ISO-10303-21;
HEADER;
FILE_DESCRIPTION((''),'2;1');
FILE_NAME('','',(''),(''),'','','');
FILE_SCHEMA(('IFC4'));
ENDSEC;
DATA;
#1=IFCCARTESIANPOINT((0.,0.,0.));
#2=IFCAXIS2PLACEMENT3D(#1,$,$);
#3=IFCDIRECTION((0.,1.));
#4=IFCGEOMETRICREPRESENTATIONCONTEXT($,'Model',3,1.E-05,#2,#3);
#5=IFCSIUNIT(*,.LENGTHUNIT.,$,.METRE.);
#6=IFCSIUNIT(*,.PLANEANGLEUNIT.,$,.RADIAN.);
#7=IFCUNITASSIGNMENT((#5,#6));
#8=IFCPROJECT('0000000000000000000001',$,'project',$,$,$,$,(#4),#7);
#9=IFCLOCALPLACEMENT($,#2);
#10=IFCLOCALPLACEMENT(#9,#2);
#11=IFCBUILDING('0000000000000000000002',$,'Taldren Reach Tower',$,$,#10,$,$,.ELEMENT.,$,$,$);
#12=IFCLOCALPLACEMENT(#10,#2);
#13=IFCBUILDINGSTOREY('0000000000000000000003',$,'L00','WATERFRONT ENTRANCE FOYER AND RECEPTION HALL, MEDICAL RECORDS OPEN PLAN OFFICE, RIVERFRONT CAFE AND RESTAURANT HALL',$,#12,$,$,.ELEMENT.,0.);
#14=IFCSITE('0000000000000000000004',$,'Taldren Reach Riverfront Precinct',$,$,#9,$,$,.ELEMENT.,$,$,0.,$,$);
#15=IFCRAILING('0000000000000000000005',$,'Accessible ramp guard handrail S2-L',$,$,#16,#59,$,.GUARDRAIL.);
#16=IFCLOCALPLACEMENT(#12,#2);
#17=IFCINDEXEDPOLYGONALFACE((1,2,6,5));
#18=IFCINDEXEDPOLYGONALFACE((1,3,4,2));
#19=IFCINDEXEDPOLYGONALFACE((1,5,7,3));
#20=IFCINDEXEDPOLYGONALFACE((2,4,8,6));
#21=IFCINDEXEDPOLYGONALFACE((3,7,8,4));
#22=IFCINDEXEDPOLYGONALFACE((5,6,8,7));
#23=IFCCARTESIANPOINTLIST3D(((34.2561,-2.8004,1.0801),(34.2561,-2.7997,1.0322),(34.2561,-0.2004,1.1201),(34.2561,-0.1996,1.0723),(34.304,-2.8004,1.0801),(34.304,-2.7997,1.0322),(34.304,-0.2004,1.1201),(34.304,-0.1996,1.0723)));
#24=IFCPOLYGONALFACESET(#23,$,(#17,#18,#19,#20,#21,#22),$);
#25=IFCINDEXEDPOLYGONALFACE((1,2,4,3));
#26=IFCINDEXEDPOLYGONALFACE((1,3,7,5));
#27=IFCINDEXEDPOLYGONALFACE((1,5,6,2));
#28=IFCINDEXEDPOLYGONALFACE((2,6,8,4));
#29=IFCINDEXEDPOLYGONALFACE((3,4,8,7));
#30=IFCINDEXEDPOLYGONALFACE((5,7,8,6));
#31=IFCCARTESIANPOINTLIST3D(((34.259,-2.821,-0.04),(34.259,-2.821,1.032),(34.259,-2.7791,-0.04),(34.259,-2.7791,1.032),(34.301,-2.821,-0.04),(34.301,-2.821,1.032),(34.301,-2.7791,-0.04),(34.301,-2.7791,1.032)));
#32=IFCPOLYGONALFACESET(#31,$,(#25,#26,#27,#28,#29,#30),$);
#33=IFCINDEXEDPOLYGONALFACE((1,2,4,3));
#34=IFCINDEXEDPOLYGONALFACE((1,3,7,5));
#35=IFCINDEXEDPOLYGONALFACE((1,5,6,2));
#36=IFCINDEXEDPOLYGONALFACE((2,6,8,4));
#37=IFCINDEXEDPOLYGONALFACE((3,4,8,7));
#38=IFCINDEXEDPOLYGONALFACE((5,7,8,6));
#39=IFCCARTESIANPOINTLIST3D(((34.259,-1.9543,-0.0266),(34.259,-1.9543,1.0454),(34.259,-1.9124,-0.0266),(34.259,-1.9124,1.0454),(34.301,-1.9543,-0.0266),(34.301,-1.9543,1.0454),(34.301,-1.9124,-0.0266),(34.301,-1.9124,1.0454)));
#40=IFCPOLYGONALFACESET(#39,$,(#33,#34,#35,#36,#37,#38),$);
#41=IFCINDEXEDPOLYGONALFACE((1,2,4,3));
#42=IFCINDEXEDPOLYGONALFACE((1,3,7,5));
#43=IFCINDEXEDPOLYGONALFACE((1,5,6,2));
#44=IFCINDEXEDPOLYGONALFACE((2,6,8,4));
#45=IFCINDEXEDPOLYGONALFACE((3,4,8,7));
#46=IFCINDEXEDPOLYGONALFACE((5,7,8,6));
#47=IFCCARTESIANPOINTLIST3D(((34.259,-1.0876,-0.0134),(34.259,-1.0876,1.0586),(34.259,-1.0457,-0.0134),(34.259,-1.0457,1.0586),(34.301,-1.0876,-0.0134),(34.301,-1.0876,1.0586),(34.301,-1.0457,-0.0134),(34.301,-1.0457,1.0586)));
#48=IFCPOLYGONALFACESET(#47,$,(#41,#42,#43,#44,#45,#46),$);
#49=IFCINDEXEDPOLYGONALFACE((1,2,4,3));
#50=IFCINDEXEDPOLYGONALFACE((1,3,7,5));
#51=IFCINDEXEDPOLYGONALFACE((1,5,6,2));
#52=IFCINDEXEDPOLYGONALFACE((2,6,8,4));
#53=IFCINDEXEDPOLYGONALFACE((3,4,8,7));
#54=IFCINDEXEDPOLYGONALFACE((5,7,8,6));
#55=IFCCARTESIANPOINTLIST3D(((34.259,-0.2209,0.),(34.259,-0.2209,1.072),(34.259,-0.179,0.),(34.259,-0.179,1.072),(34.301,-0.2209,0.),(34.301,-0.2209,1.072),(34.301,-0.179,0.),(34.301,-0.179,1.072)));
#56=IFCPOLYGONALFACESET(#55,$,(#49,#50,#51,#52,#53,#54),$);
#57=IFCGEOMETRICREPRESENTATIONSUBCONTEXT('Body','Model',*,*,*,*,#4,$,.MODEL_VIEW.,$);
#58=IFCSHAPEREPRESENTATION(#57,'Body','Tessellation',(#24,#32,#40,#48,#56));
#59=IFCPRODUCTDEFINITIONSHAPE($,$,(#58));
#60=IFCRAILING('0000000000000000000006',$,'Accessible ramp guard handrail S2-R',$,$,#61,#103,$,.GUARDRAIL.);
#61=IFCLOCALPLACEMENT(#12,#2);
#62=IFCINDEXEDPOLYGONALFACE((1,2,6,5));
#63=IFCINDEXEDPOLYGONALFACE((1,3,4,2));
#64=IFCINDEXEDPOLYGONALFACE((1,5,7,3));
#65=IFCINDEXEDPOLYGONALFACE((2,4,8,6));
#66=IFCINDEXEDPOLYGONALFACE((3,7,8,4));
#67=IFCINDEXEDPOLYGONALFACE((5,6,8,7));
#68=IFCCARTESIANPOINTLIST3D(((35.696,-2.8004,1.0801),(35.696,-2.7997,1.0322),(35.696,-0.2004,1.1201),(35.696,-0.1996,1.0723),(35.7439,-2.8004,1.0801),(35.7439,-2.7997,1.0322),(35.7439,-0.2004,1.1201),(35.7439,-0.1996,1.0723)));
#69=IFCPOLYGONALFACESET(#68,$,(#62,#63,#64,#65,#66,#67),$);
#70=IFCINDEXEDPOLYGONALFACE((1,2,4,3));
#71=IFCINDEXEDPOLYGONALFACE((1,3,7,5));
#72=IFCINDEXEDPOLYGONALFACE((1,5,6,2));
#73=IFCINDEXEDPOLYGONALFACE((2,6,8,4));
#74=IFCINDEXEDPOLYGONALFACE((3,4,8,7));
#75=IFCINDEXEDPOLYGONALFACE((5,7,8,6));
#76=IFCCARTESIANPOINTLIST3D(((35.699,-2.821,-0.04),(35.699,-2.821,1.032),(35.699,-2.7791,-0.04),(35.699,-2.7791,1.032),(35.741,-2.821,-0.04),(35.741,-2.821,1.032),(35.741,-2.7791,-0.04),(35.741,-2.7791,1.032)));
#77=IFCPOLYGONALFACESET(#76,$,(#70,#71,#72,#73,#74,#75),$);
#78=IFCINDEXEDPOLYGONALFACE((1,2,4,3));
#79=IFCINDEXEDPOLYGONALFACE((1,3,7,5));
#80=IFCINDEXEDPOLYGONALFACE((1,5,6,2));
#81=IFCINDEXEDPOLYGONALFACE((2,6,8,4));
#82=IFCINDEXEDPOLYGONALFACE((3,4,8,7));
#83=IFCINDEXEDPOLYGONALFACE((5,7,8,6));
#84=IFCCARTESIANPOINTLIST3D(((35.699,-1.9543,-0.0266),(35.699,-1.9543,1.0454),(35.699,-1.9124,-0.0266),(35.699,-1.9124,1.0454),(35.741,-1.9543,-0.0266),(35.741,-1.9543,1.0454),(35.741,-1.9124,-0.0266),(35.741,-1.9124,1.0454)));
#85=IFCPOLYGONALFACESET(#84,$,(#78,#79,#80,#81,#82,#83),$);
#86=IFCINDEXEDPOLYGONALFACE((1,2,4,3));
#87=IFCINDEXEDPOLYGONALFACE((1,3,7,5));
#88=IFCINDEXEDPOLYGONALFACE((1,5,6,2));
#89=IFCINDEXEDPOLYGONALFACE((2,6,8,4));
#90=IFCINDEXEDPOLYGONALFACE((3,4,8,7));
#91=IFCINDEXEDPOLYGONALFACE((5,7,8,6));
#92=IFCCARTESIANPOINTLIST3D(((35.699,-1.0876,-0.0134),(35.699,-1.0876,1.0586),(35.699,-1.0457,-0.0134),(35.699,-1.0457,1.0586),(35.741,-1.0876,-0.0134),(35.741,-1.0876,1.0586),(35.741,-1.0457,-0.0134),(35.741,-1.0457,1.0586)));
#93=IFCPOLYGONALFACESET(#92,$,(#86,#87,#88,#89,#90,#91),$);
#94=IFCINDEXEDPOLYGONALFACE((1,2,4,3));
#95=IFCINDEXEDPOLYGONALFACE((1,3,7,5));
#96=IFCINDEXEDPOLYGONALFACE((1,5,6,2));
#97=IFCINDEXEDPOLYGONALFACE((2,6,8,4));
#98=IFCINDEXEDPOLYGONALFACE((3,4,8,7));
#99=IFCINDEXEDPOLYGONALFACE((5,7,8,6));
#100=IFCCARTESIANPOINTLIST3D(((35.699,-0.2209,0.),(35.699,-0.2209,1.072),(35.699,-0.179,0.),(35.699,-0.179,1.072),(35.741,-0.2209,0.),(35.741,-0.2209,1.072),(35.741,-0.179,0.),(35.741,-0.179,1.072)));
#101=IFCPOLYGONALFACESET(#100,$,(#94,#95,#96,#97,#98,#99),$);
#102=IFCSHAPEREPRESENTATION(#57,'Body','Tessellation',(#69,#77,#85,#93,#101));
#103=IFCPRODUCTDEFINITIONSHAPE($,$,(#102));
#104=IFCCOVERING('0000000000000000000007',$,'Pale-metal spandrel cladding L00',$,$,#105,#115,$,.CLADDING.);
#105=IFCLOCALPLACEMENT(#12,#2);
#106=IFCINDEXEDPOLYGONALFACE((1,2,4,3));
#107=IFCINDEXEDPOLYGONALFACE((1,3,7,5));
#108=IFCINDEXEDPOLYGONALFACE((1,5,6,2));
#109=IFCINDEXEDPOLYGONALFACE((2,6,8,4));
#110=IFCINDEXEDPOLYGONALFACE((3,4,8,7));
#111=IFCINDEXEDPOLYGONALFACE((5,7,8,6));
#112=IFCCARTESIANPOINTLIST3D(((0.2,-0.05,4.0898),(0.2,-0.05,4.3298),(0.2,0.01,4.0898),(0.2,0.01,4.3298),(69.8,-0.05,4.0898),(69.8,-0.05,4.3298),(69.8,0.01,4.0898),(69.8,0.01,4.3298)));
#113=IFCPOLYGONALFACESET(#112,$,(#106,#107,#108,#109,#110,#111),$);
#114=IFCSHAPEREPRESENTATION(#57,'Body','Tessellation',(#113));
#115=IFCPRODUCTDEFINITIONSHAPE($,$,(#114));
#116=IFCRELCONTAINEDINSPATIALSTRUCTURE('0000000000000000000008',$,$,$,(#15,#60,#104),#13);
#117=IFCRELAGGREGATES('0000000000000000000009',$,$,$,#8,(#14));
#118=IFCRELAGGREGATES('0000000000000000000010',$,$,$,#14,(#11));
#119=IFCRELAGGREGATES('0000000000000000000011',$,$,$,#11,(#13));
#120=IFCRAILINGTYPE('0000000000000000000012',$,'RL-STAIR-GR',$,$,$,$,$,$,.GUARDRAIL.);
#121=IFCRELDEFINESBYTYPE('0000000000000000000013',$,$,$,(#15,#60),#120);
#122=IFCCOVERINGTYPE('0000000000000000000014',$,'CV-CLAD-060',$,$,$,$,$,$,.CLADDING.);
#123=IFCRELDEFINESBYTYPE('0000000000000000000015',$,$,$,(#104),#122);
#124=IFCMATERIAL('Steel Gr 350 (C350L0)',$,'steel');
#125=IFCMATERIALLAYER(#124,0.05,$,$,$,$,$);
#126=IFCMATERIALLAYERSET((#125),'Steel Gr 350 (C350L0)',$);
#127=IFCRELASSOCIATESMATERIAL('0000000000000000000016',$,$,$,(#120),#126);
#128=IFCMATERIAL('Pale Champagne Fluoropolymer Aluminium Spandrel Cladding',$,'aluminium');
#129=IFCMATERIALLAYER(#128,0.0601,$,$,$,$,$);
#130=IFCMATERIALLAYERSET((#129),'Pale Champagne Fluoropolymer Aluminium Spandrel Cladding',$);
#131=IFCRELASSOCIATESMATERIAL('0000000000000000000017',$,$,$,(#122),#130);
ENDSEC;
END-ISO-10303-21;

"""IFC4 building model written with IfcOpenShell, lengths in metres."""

from ifc_helpers import new_model, si_unit, direction, frame, origin, origin_2d, place, context, subcontext, project, spatial, rectangle, extrude, source, transform, mapped, material, layer, layer_set, type_object, element, save


model = new_model("IFC4")

# Units and contexts
model_context = context("Model", 3, precision=1e-05, world=origin(), true_north=direction((0.0, 1.0)))
body_context = subcontext(model_context, "Body", "Model", "MODEL_VIEW")
ifc_project = project(units=[si_unit("LENGTHUNIT", "METRE"), si_unit("PLANEANGLEUNIT", "RADIAN")], contexts=[model_context])

# Site, building, storey
site_placement = place(None, origin())
site = spatial("IfcSite", under=ifc_project, at=site_placement, Name="Taldren Reach Riverfront Precinct", CompositionType="ELEMENT", RefElevation=0.0)
building_placement = place(site_placement, origin())
building = spatial("IfcBuilding", under=site, at=building_placement, Name="Taldren Reach Tower", CompositionType="ELEMENT")
storey_placement = place(building_placement, origin())
storey = spatial("IfcBuildingStorey", under=building, at=storey_placement, Name="L00", Description="WATERFRONT ENTRANCE FOYER AND RECEPTION HALL, MEDICAL RECORDS OPEN PLAN OFFICE, RIVERFRONT CAFE AND RESTAURANT HALL", CompositionType="ELEMENT", Elevation=0.0)

# Railings
ifc_material_1 = material(Name="Steel Gr 350 (C350L0)", Category="steel")
ifc_layer_1 = layer(ifc_material_1, 0.05)
ifc_layer_set_1 = layer_set([ifc_layer_1], Name="Steel Gr 350 (C350L0)")
railing_type = type_object("IfcRailingType", Name="RL-STAIR-GR", PredefinedType="GUARDRAIL", material=ifc_layer_set_1)
for number, where, name in (
    (1, (34.28, -2.8, -0.04), "Accessible ramp guard handrail S2-L"),
    (2, (35.72, -2.8, -0.04), "Accessible ramp guard handrail S2-R"),
):
    element("IfcRailing", number, at=place(storey_placement, frame(where)), inside=storey, type_object=railing_type, Name=name, PredefinedType="GUARDRAIL", context=body_context, shape_type="SweptSolid", body=[
        extrude(rectangle(XDim=0.0479, YDim=0.0479, at=origin_2d()), frame((0.0, 0.0, 1.0962), z_axis=(0.0, 0.999881, 0.015397), x_axis=(-1.0, 0.0, 0.0)), (0.0, 0.0, 1.0), 2.6003),
        extrude(rectangle(XDim=0.042, YDim=0.042, at=origin_2d()), origin(), (0.0, 0.0, 1.0), 1.072),
        extrude(rectangle(XDim=0.042, YDim=0.042, at=origin_2d()), frame((0.0, 0.8667, 0.0134)), (0.0, 0.0, 1.0), 1.072),
        extrude(rectangle(XDim=0.042, YDim=0.042, at=origin_2d()), frame((0.0, 1.7334, 0.0266)), (0.0, 0.0, 1.0), 1.072),
        extrude(rectangle(XDim=0.042, YDim=0.042, at=origin_2d()), frame((0.0, 2.6001, 0.04)), (0.0, 0.0, 1.0), 1.072),
    ])

# Covering
ifc_material_2 = material(Name="Pale Champagne Fluoropolymer Aluminium Spandrel Cladding", Category="aluminium")
ifc_layer_2 = layer(ifc_material_2, 0.0601)
ifc_layer_set_2 = layer_set([ifc_layer_2], Name="Pale Champagne Fluoropolymer Aluminium Spandrel Cladding")
covering_type = type_object("IfcCoveringType", Name="CV-CLAD-060", PredefinedType="CLADDING", material=ifc_layer_set_2)
shared_shape_1 = source(origin(), body_context, "Body", "SweptSolid", [
    extrude(rectangle(XDim=69.6001, YDim=0.0601, at=origin_2d()), origin(), (0.0, 0.0, 1.0), 0.24),
])
covering_placement = place(storey_placement, frame((35.0, -0.02, 4.0898), z_axis=(0.0, 0.0, 1.0), x_axis=(1.0, 0.0, 0.0)))
element("IfcCovering", 3, at=covering_placement, inside=storey, type_object=covering_type, Name="Pale-metal spandrel cladding L00", PredefinedType="CLADDING", context=body_context, shape_type="MappedRepresentation", body=[
    mapped(shared_shape_1, transform((0.0, 0.0, 0.0), scale=1.0)),
])

save(model, "model.ifc")
